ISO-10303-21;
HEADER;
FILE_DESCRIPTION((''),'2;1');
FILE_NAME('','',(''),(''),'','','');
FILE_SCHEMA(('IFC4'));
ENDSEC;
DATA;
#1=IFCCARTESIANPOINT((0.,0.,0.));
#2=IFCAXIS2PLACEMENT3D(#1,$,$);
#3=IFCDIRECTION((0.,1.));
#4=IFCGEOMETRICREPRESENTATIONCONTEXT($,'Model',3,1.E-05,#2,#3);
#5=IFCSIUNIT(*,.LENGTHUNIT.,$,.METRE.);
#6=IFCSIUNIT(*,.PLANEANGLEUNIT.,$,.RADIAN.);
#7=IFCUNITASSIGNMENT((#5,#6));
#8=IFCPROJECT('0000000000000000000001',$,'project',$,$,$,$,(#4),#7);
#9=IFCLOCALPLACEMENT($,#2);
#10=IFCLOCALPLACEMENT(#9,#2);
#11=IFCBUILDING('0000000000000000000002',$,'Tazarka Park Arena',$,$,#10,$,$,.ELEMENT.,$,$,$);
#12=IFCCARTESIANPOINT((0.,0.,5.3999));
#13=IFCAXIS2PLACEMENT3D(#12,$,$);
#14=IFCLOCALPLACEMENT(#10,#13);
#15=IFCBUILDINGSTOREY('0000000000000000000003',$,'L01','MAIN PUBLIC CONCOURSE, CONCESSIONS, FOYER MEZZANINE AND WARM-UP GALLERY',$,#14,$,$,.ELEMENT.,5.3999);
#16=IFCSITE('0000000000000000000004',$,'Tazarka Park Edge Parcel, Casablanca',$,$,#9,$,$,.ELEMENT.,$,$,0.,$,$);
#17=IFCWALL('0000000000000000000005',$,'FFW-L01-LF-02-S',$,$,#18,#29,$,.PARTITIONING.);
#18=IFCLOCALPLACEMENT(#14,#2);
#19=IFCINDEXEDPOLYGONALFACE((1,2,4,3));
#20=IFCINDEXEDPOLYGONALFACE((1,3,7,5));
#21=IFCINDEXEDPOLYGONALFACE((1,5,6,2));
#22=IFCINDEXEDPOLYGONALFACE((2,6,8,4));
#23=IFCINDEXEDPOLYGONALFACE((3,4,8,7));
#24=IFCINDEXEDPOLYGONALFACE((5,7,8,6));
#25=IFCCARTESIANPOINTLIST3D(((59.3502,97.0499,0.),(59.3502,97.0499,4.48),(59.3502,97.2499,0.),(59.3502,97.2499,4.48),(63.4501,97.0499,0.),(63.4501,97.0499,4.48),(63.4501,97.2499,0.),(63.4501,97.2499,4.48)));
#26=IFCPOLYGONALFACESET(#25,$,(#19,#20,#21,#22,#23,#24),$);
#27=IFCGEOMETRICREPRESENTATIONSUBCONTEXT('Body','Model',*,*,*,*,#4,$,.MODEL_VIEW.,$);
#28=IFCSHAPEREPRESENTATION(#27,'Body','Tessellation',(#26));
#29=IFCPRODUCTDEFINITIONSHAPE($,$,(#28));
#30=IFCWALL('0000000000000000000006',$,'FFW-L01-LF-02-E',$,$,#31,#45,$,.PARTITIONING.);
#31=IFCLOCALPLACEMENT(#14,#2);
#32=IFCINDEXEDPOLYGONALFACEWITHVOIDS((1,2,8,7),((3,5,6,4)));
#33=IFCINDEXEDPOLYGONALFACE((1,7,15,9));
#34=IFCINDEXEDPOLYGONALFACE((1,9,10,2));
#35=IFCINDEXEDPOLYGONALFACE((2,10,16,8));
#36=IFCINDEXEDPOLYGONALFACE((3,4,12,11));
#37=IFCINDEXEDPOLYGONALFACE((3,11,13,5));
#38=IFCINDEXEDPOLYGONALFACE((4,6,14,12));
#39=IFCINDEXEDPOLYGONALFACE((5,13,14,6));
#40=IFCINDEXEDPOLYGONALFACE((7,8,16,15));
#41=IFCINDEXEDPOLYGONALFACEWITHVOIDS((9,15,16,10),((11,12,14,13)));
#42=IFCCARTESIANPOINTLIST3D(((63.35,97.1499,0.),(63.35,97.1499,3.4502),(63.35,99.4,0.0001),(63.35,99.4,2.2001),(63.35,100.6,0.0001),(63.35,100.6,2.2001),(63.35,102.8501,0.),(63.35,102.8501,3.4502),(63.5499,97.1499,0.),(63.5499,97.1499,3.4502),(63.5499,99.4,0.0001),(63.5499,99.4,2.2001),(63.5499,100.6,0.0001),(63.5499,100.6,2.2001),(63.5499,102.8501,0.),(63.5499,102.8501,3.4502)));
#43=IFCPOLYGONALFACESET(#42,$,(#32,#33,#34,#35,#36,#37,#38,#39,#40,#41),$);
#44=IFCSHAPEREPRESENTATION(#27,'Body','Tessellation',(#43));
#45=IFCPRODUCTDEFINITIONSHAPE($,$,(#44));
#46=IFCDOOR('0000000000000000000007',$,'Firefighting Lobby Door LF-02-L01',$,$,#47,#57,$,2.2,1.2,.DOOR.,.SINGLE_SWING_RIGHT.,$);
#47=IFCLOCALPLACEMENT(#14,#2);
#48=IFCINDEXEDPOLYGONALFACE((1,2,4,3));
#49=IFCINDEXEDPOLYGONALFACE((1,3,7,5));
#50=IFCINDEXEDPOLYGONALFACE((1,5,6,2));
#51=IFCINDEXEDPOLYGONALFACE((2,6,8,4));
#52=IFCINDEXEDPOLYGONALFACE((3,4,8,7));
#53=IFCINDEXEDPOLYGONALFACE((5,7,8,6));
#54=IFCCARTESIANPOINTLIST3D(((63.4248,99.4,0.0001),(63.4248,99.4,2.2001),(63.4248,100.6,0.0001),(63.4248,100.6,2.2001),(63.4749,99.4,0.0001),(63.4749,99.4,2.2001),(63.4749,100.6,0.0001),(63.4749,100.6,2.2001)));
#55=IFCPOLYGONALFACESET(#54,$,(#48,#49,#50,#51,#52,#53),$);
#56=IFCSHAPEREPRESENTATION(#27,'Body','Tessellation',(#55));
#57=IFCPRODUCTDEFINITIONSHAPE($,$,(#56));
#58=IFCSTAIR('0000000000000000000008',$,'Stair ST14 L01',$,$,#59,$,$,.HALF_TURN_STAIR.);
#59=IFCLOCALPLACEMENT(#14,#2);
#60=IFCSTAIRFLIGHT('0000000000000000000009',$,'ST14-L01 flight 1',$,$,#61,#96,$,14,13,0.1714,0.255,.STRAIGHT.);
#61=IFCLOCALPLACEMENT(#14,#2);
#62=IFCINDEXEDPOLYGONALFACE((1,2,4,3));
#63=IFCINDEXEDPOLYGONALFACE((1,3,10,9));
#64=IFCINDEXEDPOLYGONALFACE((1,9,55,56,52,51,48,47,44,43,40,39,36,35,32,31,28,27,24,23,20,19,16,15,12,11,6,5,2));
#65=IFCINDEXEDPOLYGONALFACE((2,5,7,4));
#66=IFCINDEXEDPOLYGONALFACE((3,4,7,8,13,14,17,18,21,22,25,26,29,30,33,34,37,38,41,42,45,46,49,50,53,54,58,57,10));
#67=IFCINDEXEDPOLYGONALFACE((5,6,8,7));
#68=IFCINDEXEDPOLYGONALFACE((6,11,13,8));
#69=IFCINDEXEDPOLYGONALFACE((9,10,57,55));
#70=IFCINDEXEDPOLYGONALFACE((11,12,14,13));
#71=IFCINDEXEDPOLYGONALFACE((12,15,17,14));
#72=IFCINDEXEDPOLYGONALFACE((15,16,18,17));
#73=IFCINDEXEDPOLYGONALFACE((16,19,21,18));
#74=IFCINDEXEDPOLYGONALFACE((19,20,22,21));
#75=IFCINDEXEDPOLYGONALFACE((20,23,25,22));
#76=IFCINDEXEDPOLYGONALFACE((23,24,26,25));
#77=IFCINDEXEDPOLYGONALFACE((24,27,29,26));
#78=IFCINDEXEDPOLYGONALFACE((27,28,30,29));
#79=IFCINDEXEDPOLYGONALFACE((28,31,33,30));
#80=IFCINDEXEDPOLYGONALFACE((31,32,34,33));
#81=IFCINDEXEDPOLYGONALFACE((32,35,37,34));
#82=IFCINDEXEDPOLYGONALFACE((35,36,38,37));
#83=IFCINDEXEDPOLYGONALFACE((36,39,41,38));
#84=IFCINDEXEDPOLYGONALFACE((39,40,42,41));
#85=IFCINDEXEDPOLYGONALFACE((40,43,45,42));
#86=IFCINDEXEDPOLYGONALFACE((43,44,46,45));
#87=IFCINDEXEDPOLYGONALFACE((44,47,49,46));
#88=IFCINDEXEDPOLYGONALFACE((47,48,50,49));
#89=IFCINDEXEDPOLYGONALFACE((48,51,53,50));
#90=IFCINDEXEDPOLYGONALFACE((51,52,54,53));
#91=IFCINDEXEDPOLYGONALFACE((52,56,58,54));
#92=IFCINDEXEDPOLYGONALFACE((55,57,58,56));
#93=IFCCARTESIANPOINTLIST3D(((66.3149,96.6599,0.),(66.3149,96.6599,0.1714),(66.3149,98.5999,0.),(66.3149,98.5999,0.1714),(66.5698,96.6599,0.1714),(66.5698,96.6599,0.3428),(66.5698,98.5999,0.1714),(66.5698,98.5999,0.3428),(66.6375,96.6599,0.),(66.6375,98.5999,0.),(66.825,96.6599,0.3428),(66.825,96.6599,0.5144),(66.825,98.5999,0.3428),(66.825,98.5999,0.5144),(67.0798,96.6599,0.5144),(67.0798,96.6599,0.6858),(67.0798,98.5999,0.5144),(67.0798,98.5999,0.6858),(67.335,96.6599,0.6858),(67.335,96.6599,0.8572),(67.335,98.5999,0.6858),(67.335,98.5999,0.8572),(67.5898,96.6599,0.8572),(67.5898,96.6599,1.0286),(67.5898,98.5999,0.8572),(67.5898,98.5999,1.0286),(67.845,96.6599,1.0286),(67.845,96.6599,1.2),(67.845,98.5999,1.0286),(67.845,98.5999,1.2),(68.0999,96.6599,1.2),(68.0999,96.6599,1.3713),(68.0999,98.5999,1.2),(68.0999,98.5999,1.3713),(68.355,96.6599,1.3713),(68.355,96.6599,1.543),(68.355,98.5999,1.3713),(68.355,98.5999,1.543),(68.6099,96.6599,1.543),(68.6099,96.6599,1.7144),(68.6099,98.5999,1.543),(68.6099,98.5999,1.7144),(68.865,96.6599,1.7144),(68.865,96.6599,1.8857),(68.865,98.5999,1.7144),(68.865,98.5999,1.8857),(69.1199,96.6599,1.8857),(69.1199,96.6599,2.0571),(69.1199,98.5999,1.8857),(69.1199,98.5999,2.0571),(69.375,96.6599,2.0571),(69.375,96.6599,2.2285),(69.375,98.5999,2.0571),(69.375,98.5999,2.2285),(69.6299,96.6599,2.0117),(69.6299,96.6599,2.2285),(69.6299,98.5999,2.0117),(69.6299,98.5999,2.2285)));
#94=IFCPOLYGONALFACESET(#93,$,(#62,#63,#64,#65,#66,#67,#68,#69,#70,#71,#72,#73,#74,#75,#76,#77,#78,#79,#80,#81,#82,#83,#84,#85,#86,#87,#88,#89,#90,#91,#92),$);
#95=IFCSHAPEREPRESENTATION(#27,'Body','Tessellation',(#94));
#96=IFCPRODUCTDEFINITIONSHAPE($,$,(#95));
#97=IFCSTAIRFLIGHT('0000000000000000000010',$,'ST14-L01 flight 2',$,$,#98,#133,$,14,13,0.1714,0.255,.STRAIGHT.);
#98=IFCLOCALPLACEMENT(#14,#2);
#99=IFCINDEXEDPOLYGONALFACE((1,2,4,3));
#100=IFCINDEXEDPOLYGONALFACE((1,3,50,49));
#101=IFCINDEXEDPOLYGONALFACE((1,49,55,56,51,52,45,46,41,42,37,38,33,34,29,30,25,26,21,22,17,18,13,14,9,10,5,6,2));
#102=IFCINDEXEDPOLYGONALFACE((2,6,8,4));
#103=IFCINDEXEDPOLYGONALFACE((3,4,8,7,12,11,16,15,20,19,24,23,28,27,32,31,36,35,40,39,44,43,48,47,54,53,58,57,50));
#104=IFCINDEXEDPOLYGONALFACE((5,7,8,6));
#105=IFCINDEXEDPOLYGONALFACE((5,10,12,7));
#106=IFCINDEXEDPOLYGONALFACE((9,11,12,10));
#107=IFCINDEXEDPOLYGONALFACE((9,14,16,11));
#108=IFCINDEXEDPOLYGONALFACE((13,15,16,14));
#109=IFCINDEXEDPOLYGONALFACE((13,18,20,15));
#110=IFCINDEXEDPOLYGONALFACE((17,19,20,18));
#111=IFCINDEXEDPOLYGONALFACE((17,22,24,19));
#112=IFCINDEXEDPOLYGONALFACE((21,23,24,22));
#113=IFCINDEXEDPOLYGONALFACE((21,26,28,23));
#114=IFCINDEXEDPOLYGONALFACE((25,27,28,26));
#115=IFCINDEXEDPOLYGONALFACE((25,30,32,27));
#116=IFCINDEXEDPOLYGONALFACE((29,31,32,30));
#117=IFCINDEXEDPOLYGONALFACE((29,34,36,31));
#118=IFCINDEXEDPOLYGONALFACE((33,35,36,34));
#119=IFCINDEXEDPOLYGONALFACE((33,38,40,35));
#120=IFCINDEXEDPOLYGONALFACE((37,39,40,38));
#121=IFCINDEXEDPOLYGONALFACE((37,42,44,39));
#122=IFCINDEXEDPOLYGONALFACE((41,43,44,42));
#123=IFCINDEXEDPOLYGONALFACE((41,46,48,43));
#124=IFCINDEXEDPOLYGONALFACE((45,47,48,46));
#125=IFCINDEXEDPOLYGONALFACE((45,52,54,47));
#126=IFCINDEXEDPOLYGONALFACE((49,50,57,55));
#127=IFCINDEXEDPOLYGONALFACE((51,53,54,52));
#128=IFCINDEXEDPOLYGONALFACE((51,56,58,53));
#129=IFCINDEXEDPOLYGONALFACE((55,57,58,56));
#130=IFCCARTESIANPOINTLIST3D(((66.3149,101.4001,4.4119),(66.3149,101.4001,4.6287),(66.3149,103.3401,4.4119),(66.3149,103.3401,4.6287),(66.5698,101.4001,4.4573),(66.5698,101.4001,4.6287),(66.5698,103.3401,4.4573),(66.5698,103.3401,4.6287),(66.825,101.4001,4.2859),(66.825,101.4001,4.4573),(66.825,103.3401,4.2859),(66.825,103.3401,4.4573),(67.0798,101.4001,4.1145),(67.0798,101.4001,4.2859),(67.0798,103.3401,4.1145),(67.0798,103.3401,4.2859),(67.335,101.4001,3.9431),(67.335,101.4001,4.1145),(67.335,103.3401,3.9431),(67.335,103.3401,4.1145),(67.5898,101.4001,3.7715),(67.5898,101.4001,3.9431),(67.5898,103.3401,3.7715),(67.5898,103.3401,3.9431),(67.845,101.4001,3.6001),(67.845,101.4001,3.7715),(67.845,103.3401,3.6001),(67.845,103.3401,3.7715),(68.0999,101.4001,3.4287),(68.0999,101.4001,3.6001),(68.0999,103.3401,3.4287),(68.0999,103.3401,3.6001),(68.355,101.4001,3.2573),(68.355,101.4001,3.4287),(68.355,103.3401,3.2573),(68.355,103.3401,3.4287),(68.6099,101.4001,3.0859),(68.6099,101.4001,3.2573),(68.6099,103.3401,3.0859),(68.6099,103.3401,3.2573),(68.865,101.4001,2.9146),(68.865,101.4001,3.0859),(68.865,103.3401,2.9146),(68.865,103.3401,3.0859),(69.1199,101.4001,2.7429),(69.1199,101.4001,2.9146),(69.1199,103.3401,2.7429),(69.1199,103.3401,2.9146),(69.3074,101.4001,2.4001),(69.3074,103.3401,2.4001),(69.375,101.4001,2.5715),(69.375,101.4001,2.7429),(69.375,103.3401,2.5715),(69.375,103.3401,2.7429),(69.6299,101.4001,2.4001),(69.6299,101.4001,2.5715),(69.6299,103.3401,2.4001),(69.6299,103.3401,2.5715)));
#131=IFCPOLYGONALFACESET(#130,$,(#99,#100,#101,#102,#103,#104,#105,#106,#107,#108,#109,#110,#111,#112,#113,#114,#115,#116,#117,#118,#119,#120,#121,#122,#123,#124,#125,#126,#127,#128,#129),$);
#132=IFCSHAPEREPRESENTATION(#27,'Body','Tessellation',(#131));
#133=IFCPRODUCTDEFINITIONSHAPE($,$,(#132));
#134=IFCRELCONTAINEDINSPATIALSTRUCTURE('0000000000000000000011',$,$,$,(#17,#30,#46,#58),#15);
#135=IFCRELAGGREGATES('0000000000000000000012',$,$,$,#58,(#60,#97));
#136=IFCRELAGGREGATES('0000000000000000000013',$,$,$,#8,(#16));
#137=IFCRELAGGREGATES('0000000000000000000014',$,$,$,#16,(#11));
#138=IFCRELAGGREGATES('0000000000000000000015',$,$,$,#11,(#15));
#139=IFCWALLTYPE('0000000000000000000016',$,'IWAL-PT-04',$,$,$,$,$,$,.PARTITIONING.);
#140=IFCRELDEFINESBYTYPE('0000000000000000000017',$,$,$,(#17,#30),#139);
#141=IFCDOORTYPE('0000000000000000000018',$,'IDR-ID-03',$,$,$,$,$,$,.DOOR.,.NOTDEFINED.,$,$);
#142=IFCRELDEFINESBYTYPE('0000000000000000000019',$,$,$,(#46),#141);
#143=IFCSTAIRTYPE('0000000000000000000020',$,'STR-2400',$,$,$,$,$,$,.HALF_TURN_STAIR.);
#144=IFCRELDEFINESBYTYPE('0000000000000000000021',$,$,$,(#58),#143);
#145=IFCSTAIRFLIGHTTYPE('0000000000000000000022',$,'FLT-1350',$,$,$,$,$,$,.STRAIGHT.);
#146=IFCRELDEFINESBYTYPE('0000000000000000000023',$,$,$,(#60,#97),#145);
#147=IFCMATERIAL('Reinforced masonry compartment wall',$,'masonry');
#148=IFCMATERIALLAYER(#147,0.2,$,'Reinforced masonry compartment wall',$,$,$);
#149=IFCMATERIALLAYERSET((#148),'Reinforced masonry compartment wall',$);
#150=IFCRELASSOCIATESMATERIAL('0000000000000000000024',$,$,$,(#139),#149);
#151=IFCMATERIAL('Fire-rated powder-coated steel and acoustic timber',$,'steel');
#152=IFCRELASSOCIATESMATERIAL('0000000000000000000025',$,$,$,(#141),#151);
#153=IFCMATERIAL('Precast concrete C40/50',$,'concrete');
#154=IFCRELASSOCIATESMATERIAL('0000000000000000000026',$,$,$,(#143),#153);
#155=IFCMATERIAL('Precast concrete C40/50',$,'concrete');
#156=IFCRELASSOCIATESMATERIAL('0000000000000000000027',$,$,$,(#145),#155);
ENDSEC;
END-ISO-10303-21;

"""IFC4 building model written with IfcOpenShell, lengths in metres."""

from ifc_helpers import new_model, si_unit, direction, frame, frame_2d, origin, place, context, subcontext, project, spatial, polyline, rectangle, outline, extrude, material, layer, layer_set, type_object, element, fill, aggregate, save


model = new_model("IFC4")

# Units and contexts
model_context = context("Model", 3, precision=1e-05, world=origin(), true_north=direction((0.0, 1.0)))
body_context = subcontext(model_context, "Body", "Model", "MODEL_VIEW")
ifc_project = project(units=[si_unit("LENGTHUNIT", "METRE"), si_unit("PLANEANGLEUNIT", "RADIAN")], contexts=[model_context])

# Site, building, storey
site_placement = place(None, origin())
site = spatial("IfcSite", under=ifc_project, at=site_placement, Name="Tazarka Park Edge Parcel, Casablanca", CompositionType="ELEMENT", RefElevation=0.0)
building_placement = place(site_placement, origin())
building = spatial("IfcBuilding", under=site, at=building_placement, Name="Tazarka Park Arena", CompositionType="ELEMENT")
storey_placement = place(building_placement, frame((0.0, 0.0, 5.3999)))
storey = spatial("IfcBuildingStorey", under=building, at=storey_placement, Name="L01", Description="MAIN PUBLIC CONCOURSE, CONCESSIONS, FOYER MEZZANINE AND WARM-UP GALLERY", CompositionType="ELEMENT", Elevation=5.3999)

# Wall
ifc_material_1 = material(Name="Reinforced masonry compartment wall", Category="masonry")
ifc_layer_1 = layer(ifc_material_1, 0.2, Name="Reinforced masonry compartment wall")
ifc_layer_set_1 = layer_set([ifc_layer_1], Name="Reinforced masonry compartment wall")
wall_type_1 = type_object("IfcWallType", Name="IWAL-PT-04", PredefinedType="PARTITIONING", material=ifc_layer_set_1)
wall_1_placement = place(storey_placement, frame((63.45, 97.1499, 0.0), z_axis=(0.0, 0.0, 1.0), x_axis=(-1.0, 0.0, 0.0)))
element("IfcWall", 1, at=wall_1_placement, inside=storey, type_object=wall_type_1, Name="FFW-L01-LF-02-S", PredefinedType="PARTITIONING", context=body_context, shape_type="SweptSolid", body=[
    extrude(rectangle(XDim=4.0999, YDim=0.2, at=frame_2d((2.0498, 0.0))), origin(), (0.0, 0.0, 1.0), 4.48),
])

# Wall, opening, door
wall_2_placement = place(storey_placement, frame((63.45, 102.8501, 0.0), z_axis=(0.0, 0.0, 1.0), x_axis=(0.0, -1.0, 0.0)))
wall_2 = element("IfcWall", 2, at=wall_2_placement, inside=storey, type_object=wall_type_1, Name="FFW-L01-LF-02-E", PredefinedType="PARTITIONING", context=body_context, shape_type="SweptSolid", body=[
    extrude(rectangle(XDim=5.7002, YDim=0.2, at=frame_2d((2.8501, 0.0))), origin(), (0.0, 0.0, 1.0), 3.4502),
])
opening_1_placement = place(wall_2_placement, frame((2.25, 0.0, 0.0)))
opening_1 = element("IfcOpeningElement", 3, at=opening_1_placement, cuts=wall_2, PredefinedType="OPENING", context=body_context, shape_type="SweptSolid", body=[
    extrude(rectangle(XDim=1.2, YDim=2.2, at=frame_2d((0.6001, 1.1001))), frame((0.0, 0.1099, 0.0), z_axis=(0.0, -1.0, 0.0), x_axis=(1.0, 0.0, 0.0)), (0.0, 0.0, 1.0), 0.22),
])
ifc_material_2 = material(Name="Fire-rated powder-coated steel and acoustic timber", Category="steel")
door_type_1 = type_object("IfcDoorType", Name="IDR-ID-03", OperationType="NOTDEFINED", PredefinedType="DOOR", material=ifc_material_2)
door_1_placement = place(opening_1_placement, origin())
door_1 = element("IfcDoor", 4, at=door_1_placement, inside=storey, type_object=door_type_1, Name="Firefighting Lobby Door LF-02-L01", OperationType="SINGLE_SWING_RIGHT", OverallHeight=2.2, OverallWidth=1.2, PredefinedType="DOOR", context=body_context, shape_type="SweptSolid", body=[
    extrude(rectangle(XDim=1.2, YDim=2.2, at=frame_2d((0.6001, 1.1001))), frame((0.0, 0.0249, 0.0), z_axis=(0.0, -1.0, 0.0), x_axis=(1.0, 0.0, 0.0)), (0.0, 0.0, 1.0), 0.05),
])
fill(opening_1, door_1)

# Stair, stair flights
ifc_material_3 = material(Name="Precast concrete C40/50", Category="concrete")
stair_type = type_object("IfcStairType", Name="STR-2400", PredefinedType="HALF_TURN_STAIR", material=ifc_material_3)
stair_placement = place(storey_placement, origin())
stair = element("IfcStair", 5, at=stair_placement, inside=storey, type_object=stair_type, Name="Stair ST14 L01", PredefinedType="HALF_TURN_STAIR")
ifc_material_4 = material(Name="Precast concrete C40/50", Category="concrete")
stair_flight_type = type_object("IfcStairFlightType", Name="FLT-1350", PredefinedType="STRAIGHT", material=ifc_material_4)
stair_flight_1_placement = place(storey_placement, frame((66.3149, 97.6299, 0.0), z_axis=(0.0, 0.0, 1.0), x_axis=(1.0, 0.0, 0.0)))
stair_flight_1 = element("IfcStairFlight", 6, at=stair_flight_1_placement, type_object=stair_flight_type, Name="ST14-L01 flight 1", NumberOfRisers=14, NumberOfTreads=13, PredefinedType="STRAIGHT", RiserHeight=0.1714, TreadLength=0.255, context=body_context, shape_type="SweptSolid", body=[
    extrude(outline(polyline([(0.0, 0.0), (0.0, 0.1714), (0.2549, 0.1714), (0.2549, 0.3428), (0.51, 0.3428), (0.51, 0.5144), (0.7649, 0.5144), (0.7649, 0.6858), (1.02, 0.6858), (1.02, 0.8572), (1.2749, 0.8572), (1.2749, 1.0286), (1.53, 1.0286), (1.53, 1.2), (1.7849, 1.2), (1.7849, 1.3713), (2.04, 1.3713), (2.04, 1.543), (2.2949, 1.543), (2.2949, 1.7144), (2.55, 1.7144), (2.55, 1.8857), (2.8049, 1.8857), (2.8049, 2.0571), (3.0601, 2.0571), (3.0601, 2.2285), (3.3149, 2.2285), (3.3149, 2.3999), (3.3149, 2.0117), (0.3225, 0.0), (0.0, 0.0)])), frame((0.0, 0.97, 0.0), z_axis=(0.0, -1.0, 0.0), x_axis=(1.0, 0.0, 0.0)), (0.0, 0.0, 1.0), 1.9399),
])
stair_flight_2_placement = place(storey_placement, frame((69.6299, 102.3701, 2.4001), z_axis=(0.0, 0.0, 1.0), x_axis=(-1.0, 0.0, 0.0)))
stair_flight_2 = element("IfcStairFlight", 7, at=stair_flight_2_placement, type_object=stair_flight_type, Name="ST14-L01 flight 2", NumberOfRisers=14, NumberOfTreads=13, PredefinedType="STRAIGHT", RiserHeight=0.1714, TreadLength=0.255, context=body_context, shape_type="SweptSolid", body=[
    extrude(outline(polyline([(0.0, 0.0), (0.0, 0.1714), (0.2549, 0.1714), (0.2549, 0.3428), (0.51, 0.3428), (0.51, 0.5144), (0.7649, 0.5144), (0.7649, 0.6858), (1.02, 0.6858), (1.02, 0.8572), (1.2749, 0.8572), (1.2749, 1.0286), (1.53, 1.0286), (1.53, 1.2), (1.7849, 1.2), (1.7849, 1.3713), (2.04, 1.3713), (2.04, 1.543), (2.2949, 1.543), (2.2949, 1.7144), (2.55, 1.7144), (2.55, 1.8857), (2.8049, 1.8857), (2.8049, 2.0571), (3.0601, 2.0571), (3.0601, 2.2285), (3.3149, 2.2285), (3.3149, 2.3999), (3.3149, 2.0117), (0.3225, 0.0), (0.0, 0.0)])), frame((0.0, 0.97, 0.0), z_axis=(0.0, -1.0, 0.0), x_axis=(1.0, 0.0, 0.0)), (0.0, 0.0, 1.0), 1.9399),
])
aggregate(stair, [stair_flight_1, stair_flight_2])

save(model, "model.ifc")
